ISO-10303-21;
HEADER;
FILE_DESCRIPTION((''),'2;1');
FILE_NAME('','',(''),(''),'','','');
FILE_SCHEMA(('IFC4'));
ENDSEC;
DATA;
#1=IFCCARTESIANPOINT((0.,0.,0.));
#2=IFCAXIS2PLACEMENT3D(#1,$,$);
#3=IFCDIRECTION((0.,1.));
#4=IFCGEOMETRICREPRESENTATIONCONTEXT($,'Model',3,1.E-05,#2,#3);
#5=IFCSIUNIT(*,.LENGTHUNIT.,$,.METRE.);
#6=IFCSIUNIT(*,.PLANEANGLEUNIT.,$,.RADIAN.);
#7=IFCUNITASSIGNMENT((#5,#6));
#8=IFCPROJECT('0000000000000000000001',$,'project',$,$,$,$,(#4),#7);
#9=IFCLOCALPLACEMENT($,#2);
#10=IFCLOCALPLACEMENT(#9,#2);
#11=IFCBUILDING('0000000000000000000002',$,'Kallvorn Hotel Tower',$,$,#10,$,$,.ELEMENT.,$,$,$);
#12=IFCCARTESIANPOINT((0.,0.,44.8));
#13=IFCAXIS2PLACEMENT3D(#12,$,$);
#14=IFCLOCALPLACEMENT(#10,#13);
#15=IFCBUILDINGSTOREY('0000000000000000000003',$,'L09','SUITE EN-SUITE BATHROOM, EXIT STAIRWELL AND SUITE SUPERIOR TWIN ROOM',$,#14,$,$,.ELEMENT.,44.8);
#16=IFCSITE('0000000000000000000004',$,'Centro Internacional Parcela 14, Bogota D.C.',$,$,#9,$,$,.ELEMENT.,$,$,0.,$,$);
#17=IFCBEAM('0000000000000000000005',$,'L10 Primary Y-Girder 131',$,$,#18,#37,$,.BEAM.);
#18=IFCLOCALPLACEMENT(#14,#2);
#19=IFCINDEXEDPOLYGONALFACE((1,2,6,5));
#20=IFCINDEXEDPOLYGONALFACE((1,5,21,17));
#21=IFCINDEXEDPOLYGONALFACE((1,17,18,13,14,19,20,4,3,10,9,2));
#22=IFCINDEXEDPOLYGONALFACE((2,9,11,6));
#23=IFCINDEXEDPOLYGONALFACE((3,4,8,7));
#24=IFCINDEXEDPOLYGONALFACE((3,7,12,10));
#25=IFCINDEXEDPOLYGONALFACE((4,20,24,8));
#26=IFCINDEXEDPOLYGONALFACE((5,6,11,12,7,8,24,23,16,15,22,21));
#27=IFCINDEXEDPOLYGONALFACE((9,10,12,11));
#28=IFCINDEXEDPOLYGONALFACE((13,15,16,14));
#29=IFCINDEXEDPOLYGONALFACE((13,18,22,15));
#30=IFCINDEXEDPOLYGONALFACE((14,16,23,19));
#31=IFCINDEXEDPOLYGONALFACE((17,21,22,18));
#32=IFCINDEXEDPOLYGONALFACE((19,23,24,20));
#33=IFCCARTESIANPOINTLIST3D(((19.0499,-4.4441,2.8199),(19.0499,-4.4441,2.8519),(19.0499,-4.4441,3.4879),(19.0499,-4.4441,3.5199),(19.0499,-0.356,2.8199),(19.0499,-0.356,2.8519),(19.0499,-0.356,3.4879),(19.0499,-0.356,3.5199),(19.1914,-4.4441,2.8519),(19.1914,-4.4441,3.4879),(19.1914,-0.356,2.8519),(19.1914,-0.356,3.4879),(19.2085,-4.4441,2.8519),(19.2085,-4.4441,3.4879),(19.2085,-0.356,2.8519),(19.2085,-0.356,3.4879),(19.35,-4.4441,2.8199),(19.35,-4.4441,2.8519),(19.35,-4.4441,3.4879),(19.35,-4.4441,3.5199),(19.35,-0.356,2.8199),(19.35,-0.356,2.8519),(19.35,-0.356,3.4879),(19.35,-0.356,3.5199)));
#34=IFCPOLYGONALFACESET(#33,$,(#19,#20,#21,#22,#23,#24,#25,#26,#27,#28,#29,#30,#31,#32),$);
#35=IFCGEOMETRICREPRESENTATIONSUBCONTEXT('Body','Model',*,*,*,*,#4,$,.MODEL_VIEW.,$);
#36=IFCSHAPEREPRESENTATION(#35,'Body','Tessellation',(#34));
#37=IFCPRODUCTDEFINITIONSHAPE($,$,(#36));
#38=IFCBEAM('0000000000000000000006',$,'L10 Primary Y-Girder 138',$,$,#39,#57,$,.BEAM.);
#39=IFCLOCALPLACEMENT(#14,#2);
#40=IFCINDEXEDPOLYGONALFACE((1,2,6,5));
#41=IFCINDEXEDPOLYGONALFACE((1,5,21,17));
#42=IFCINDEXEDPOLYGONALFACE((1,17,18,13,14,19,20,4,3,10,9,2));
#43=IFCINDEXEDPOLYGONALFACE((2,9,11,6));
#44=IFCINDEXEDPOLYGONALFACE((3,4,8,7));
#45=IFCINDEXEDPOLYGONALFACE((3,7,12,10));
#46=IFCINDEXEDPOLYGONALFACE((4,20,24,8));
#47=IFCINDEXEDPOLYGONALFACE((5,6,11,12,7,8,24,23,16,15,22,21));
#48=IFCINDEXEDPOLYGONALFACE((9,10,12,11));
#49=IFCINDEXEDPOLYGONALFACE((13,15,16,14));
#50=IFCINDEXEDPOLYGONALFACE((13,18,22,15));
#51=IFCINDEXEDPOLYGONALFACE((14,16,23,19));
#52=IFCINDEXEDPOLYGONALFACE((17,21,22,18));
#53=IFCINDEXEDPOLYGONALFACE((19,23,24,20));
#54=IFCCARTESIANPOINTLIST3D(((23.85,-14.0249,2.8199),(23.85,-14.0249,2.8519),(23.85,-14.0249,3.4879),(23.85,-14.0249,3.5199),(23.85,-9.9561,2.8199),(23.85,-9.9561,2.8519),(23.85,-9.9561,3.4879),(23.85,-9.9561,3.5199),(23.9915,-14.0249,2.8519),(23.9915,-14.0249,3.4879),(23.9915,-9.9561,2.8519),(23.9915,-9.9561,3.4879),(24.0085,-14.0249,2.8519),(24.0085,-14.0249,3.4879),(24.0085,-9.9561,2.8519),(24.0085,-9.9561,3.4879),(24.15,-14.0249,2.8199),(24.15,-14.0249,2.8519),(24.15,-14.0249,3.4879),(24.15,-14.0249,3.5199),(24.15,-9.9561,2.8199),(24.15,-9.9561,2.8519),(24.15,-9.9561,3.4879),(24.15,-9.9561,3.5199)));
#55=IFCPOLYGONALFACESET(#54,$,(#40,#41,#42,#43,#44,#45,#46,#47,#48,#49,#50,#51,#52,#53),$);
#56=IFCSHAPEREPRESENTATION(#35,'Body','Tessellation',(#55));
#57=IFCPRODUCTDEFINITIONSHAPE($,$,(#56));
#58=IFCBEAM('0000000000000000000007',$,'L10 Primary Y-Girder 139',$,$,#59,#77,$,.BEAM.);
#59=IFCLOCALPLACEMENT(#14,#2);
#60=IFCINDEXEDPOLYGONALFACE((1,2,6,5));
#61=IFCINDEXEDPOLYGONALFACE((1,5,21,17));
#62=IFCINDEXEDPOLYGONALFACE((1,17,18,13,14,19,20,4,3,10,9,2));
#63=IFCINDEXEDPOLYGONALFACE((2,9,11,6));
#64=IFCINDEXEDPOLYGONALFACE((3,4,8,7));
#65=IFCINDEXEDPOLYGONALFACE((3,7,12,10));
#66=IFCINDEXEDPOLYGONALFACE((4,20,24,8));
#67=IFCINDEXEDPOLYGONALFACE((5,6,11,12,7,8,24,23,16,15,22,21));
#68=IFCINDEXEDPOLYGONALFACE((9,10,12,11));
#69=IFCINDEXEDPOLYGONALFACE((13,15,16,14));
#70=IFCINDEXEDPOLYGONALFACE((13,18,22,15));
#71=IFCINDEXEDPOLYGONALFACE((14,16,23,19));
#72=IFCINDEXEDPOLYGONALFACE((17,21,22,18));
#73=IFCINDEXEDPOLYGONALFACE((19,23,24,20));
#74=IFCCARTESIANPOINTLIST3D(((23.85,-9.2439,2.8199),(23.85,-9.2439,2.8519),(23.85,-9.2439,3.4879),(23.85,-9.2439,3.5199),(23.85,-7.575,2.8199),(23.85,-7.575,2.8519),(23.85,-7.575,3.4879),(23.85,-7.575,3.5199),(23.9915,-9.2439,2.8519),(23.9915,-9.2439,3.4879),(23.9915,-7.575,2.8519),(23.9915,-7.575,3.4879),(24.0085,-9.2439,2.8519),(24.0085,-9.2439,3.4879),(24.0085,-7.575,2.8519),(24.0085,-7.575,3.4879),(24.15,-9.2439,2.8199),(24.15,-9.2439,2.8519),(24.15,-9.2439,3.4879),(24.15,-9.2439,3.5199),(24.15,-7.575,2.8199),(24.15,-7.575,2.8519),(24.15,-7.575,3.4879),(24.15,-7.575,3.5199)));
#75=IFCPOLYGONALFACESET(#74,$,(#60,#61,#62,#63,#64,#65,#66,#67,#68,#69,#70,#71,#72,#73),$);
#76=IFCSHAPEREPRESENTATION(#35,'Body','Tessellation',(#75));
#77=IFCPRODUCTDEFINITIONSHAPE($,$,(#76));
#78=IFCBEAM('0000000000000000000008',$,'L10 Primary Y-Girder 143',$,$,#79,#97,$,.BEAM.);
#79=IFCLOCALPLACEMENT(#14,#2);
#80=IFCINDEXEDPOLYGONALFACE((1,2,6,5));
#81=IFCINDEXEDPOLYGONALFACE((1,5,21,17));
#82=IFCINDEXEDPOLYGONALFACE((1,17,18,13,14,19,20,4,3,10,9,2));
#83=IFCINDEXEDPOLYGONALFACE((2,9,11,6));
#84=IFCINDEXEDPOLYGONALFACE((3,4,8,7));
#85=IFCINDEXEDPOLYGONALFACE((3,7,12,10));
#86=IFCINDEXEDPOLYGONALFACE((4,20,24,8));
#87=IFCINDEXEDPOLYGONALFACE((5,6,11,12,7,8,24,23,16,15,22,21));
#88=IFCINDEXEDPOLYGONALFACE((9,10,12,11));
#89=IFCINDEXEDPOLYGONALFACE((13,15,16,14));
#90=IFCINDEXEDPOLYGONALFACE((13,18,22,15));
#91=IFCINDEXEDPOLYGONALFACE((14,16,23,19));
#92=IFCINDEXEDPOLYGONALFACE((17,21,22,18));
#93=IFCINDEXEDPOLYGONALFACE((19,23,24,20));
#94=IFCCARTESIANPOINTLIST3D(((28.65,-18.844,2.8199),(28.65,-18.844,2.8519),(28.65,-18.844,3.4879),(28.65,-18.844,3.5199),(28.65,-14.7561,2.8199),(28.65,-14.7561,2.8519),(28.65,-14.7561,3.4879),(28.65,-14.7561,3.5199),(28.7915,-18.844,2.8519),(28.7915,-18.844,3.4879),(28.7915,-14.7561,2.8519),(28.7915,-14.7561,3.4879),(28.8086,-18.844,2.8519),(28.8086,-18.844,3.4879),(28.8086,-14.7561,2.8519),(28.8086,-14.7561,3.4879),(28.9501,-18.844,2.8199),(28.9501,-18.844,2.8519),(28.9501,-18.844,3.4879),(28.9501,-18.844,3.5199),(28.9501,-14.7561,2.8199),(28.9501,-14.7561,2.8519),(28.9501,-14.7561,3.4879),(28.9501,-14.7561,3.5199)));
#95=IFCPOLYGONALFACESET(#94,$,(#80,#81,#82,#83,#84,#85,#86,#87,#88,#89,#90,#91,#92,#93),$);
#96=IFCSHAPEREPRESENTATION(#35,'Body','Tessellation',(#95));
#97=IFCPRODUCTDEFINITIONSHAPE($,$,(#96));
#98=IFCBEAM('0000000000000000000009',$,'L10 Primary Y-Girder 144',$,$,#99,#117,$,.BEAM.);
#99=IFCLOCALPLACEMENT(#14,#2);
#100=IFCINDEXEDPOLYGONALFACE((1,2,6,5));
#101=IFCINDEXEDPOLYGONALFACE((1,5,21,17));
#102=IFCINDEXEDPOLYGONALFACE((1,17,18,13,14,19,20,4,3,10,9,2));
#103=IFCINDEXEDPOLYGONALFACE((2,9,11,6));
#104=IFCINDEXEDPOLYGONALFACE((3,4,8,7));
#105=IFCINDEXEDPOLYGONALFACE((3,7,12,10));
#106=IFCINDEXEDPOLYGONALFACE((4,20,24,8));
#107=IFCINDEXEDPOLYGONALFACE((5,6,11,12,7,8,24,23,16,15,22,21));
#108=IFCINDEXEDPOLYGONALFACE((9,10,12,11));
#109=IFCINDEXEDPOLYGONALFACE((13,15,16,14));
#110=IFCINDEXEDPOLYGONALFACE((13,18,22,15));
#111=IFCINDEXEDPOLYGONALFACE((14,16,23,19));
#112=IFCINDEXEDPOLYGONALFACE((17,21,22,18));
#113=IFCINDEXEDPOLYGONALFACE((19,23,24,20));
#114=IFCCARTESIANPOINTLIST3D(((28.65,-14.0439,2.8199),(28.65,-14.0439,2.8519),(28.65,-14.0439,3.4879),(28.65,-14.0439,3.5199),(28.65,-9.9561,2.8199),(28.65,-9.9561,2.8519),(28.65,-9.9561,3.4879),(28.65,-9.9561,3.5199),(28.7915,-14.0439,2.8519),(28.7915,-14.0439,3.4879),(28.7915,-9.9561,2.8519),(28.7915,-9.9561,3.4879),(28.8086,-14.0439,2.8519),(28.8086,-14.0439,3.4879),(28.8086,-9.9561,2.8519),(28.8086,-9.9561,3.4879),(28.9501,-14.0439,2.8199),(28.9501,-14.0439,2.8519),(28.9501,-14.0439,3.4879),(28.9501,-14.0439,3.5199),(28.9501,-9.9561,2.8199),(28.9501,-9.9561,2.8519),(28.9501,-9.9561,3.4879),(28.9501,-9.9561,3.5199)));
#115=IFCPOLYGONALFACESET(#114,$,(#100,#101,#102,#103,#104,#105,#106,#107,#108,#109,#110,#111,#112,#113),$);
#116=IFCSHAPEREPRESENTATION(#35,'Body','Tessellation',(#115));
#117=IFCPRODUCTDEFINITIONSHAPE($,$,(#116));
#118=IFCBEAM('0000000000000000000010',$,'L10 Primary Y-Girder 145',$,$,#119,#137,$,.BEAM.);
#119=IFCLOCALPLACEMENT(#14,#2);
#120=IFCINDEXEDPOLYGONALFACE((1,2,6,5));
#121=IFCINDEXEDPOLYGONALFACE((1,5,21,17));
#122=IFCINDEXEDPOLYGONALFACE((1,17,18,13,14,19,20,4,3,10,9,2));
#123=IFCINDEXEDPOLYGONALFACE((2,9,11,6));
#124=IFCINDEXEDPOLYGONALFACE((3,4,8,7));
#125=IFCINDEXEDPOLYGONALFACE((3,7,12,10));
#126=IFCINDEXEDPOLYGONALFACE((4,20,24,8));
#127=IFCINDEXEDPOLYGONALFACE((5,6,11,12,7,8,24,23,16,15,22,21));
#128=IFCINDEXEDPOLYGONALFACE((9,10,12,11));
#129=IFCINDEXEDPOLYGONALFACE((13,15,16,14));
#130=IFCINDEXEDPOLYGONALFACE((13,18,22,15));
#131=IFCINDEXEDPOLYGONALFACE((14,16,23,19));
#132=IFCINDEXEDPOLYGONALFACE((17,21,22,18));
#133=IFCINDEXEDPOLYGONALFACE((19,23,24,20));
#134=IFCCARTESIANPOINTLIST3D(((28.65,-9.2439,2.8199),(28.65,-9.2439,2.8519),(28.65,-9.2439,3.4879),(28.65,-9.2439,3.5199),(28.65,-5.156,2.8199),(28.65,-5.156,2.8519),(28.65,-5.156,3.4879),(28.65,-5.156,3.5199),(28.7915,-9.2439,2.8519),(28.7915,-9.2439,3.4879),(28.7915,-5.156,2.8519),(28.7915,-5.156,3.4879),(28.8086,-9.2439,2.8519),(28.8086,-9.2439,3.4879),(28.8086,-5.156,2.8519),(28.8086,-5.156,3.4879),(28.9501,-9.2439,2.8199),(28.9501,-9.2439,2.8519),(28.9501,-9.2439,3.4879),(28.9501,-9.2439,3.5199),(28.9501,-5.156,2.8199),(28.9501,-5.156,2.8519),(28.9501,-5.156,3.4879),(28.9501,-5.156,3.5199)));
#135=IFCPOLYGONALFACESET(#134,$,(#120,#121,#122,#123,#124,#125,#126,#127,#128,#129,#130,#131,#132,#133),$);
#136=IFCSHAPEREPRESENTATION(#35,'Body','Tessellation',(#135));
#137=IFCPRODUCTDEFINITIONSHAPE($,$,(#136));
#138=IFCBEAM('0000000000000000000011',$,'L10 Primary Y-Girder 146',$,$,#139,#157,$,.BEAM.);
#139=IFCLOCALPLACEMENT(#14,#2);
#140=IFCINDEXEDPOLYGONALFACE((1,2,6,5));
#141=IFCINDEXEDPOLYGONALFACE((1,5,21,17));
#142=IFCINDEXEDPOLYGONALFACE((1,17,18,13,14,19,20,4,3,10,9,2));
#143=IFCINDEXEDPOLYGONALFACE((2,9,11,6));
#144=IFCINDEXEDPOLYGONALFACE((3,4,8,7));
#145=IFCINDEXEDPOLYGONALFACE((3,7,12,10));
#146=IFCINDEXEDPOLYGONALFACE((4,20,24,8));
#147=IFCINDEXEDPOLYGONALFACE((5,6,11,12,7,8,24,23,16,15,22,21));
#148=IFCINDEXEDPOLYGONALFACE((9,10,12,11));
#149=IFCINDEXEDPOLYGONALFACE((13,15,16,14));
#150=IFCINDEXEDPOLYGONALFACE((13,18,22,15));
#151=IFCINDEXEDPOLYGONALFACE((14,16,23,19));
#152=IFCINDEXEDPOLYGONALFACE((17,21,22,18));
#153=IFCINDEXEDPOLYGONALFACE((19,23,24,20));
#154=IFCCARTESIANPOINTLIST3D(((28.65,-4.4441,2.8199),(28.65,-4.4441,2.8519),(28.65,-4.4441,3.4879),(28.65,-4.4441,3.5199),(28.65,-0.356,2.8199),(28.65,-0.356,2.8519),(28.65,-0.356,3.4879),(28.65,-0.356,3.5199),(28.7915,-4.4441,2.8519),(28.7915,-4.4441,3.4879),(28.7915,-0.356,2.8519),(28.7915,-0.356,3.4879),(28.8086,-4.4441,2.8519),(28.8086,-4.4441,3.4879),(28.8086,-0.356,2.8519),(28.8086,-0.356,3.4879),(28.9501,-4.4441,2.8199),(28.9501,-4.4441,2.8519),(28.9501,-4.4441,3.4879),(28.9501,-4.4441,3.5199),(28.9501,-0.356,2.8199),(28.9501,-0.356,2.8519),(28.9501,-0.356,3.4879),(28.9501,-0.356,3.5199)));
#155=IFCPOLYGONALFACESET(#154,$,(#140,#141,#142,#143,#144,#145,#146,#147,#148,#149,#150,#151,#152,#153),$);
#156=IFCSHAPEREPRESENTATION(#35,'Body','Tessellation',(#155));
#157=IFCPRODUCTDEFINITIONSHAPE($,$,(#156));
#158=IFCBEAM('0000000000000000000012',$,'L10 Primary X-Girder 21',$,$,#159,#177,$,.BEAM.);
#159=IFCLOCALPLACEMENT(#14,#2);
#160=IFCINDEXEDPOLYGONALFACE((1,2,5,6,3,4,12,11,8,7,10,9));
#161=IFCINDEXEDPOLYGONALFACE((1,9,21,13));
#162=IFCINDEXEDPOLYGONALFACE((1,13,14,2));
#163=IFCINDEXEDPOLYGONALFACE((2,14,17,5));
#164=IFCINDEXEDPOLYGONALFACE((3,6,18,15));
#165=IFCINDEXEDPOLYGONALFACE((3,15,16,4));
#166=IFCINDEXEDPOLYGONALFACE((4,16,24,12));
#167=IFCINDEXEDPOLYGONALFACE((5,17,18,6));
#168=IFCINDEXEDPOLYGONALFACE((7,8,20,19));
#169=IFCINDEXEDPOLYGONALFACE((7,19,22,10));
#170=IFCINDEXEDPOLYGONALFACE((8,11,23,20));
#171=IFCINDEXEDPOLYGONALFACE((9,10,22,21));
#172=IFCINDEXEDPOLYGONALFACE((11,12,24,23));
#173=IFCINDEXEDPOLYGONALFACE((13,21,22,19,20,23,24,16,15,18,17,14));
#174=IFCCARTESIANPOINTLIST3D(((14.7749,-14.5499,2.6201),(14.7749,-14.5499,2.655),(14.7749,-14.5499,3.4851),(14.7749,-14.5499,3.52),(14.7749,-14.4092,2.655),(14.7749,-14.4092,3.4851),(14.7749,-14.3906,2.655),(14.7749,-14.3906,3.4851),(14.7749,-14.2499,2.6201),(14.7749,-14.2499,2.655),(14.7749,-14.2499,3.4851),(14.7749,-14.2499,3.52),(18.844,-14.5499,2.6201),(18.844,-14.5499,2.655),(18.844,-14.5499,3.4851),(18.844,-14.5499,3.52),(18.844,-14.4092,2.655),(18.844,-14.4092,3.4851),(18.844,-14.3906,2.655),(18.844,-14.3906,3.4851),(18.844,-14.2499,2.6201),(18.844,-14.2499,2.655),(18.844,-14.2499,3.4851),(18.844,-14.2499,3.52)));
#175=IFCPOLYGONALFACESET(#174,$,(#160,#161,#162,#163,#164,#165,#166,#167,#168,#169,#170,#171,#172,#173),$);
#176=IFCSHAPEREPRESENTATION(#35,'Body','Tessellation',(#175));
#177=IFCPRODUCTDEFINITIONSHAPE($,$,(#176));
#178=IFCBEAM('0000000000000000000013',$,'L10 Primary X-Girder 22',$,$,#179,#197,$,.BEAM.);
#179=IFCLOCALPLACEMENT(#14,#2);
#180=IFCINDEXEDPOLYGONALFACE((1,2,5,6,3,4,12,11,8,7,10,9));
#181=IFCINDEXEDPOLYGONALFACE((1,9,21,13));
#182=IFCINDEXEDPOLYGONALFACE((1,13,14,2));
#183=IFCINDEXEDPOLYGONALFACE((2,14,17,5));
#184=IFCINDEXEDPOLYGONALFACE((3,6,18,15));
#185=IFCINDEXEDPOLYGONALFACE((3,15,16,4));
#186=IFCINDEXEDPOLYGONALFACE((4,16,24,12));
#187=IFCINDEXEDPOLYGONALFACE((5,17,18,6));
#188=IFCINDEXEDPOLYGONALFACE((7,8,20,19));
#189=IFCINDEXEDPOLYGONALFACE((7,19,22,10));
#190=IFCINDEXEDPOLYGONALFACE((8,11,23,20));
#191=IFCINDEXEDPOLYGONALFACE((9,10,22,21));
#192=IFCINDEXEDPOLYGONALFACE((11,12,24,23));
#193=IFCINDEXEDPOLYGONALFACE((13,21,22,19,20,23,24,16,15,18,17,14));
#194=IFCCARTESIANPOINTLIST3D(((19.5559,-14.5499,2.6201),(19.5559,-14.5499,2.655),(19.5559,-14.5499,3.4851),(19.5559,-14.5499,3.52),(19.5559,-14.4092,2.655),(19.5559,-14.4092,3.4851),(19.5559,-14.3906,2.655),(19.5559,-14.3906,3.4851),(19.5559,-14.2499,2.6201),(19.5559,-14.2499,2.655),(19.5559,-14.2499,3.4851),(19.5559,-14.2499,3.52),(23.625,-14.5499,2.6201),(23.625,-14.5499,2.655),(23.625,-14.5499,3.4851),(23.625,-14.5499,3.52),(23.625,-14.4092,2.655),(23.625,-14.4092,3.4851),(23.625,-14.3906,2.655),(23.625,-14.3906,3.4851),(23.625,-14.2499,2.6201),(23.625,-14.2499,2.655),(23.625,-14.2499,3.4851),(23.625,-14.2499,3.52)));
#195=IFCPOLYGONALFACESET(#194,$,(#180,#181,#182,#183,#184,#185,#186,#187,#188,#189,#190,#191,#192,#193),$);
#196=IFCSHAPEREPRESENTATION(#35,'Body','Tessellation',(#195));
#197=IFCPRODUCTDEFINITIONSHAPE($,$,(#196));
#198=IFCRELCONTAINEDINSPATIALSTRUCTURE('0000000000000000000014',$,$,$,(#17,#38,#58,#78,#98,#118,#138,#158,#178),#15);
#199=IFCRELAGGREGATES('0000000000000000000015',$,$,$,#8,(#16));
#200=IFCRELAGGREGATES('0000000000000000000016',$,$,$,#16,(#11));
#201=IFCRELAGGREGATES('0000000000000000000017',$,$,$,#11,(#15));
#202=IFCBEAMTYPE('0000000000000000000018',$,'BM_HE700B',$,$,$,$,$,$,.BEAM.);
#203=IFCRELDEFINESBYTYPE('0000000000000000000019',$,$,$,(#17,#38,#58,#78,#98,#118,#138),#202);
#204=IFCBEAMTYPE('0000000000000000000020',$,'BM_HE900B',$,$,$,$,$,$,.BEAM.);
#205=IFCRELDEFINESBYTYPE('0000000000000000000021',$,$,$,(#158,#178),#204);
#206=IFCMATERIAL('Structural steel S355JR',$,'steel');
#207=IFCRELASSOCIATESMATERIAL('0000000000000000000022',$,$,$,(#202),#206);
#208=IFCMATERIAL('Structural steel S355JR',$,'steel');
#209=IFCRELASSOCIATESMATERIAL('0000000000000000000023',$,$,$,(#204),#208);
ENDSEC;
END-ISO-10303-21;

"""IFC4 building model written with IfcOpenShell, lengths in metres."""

from ifc_helpers import new_model, si_unit, direction, frame, origin, origin_2d, place, context, subcontext, project, spatial, i_section, extrude, material, material_profile, profile_set, type_object, element, save


model = new_model("IFC4")

# Units and contexts
model_context = context("Model", 3, precision=1e-05, world=origin(), true_north=direction((0.0, 1.0)))
body_context = subcontext(model_context, "Body", "Model", "MODEL_VIEW")
ifc_project = project(units=[si_unit("LENGTHUNIT", "METRE"), si_unit("PLANEANGLEUNIT", "RADIAN")], contexts=[model_context])

# Site, building, storey
site_placement = place(None, origin())
site = spatial("IfcSite", under=ifc_project, at=site_placement, Name="Centro Internacional Parcela 14, Bogota D.C.", CompositionType="ELEMENT", RefElevation=0.0)
building_placement = place(site_placement, origin())
building = spatial("IfcBuilding", under=site, at=building_placement, Name="Kallvorn Hotel Tower", CompositionType="ELEMENT")
storey_placement = place(building_placement, frame((0.0, 0.0, 44.8)))
storey = spatial("IfcBuildingStorey", under=building, at=storey_placement, Name="L09", Description="SUITE EN-SUITE BATHROOM, EXIT STAIRWELL AND SUITE SUPERIOR TWIN ROOM", CompositionType="ELEMENT", Elevation=44.8)

# Beams
ifc_material_1 = material(Name="Structural steel S355JR", Category="steel")
ifc_material_profile_1 = material_profile(ifc_material_1, i_section(OverallWidth=0.3, OverallDepth=0.7, WebThickness=0.0171, FlangeThickness=0.032, at=origin_2d()), Name="HE 700 B")
ifc_profile_set_1 = profile_set([ifc_material_profile_1], Name="Structural steel S355JR")
beam_type_1 = type_object("IfcBeamType", Name="BM_HE700B", PredefinedType="BEAM", material=ifc_profile_set_1)
beam_1_placement = place(storey_placement, frame((19.2, -4.4441, 3.1699), z_axis=(0.0, 1.0, 0.0), x_axis=(-1.0, 0.0, 0.0)))
element("IfcBeam", 1, at=beam_1_placement, inside=storey, type_object=beam_type_1, Name="L10 Primary Y-Girder 131", PredefinedType="BEAM", context=body_context, shape_type="SweptSolid", body=[
    extrude(i_section(OverallWidth=0.3, OverallDepth=0.7, WebThickness=0.0171, FlangeThickness=0.032, at=origin_2d()), origin(), (0.0, 0.0, 1.0), 4.0881),
])
beam_2_placement = place(storey_placement, frame((24.0, -14.0249, 3.1699), z_axis=(0.0, 1.0, 0.0), x_axis=(-1.0, 0.0, 0.0)))
element("IfcBeam", 2, at=beam_2_placement, inside=storey, type_object=beam_type_1, Name="L10 Primary Y-Girder 138", PredefinedType="BEAM", context=body_context, shape_type="SweptSolid", body=[
    extrude(i_section(OverallWidth=0.3, OverallDepth=0.7, WebThickness=0.0171, FlangeThickness=0.032, at=origin_2d()), origin(), (0.0, 0.0, 1.0), 4.0688),
])
beam_3_placement = place(storey_placement, frame((24.0, -9.2439, 3.1699), z_axis=(0.0, 1.0, 0.0), x_axis=(-1.0, 0.0, 0.0)))
element("IfcBeam", 3, at=beam_3_placement, inside=storey, type_object=beam_type_1, Name="L10 Primary Y-Girder 139", PredefinedType="BEAM", context=body_context, shape_type="SweptSolid", body=[
    extrude(i_section(OverallWidth=0.3, OverallDepth=0.7, WebThickness=0.0171, FlangeThickness=0.032, at=origin_2d()), origin(), (0.0, 0.0, 1.0), 1.6689),
])
for number, where, z_axis, x_axis, name in (
    (4, (28.8, -18.844, 3.1699), (0.0, 1.0, 0.0), (-1.0, 0.0, 0.0), "L10 Primary Y-Girder 143"),
    (5, (28.8, -14.0439, 3.1699), (0.0, 1.0, 0.0), (-1.0, 0.0, 0.0), "L10 Primary Y-Girder 144"),
    (6, (28.8, -9.2439, 3.1699), (0.0, 1.0, 0.0), (-1.0, 0.0, 0.0), "L10 Primary Y-Girder 145"),
):
    element("IfcBeam", number, at=place(storey_placement, frame(where, z_axis=z_axis, x_axis=x_axis)), inside=storey, type_object=beam_type_1, Name=name, PredefinedType="BEAM", context=body_context, shape_type="SweptSolid", body=[
        extrude(i_section(OverallWidth=0.3, OverallDepth=0.7, WebThickness=0.0171, FlangeThickness=0.032, at=origin_2d()), origin(), (0.0, 0.0, 1.0), 4.0879),
    ])
beam_4_placement = place(storey_placement, frame((28.8, -4.4441, 3.1699), z_axis=(0.0, 1.0, 0.0), x_axis=(-1.0, 0.0, 0.0)))
element("IfcBeam", 7, at=beam_4_placement, inside=storey, type_object=beam_type_1, Name="L10 Primary Y-Girder 146", PredefinedType="BEAM", context=body_context, shape_type="SweptSolid", body=[
    extrude(i_section(OverallWidth=0.3, OverallDepth=0.7, WebThickness=0.0171, FlangeThickness=0.032, at=origin_2d()), origin(), (0.0, 0.0, 1.0), 4.0881),
])
ifc_material_2 = material(Name="Structural steel S355JR", Category="steel")
ifc_material_profile_2 = material_profile(ifc_material_2, i_section(OverallWidth=0.3, OverallDepth=0.8999, WebThickness=0.0186, FlangeThickness=0.0349, at=origin_2d()), Name="HE 900 B")
ifc_profile_set_2 = profile_set([ifc_material_profile_2], Name="Structural steel S355JR")
beam_type_2 = type_object("IfcBeamType", Name="BM_HE900B", PredefinedType="BEAM", material=ifc_profile_set_2)
for number, where, z_axis, x_axis, name in (
    (8, (14.7749, -14.3999, 3.0701), (1.0, 0.0, 0.0), (0.0, 1.0, 0.0), "L10 Primary X-Girder 21"),
    (9, (19.5559, -14.3999, 3.0701), (1.0, 0.0, 0.0), (0.0, 1.0, 0.0), "L10 Primary X-Girder 22"),
):
    element("IfcBeam", number, at=place(storey_placement, frame(where, z_axis=z_axis, x_axis=x_axis)), inside=storey, type_object=beam_type_2, Name=name, PredefinedType="BEAM", context=body_context, shape_type="SweptSolid", body=[
        extrude(i_section(OverallWidth=0.3, OverallDepth=0.8999, WebThickness=0.0186, FlangeThickness=0.0349, at=origin_2d()), origin(), (0.0, 0.0, 1.0), 4.0691),
    ])

save(model, "model.ifc")
